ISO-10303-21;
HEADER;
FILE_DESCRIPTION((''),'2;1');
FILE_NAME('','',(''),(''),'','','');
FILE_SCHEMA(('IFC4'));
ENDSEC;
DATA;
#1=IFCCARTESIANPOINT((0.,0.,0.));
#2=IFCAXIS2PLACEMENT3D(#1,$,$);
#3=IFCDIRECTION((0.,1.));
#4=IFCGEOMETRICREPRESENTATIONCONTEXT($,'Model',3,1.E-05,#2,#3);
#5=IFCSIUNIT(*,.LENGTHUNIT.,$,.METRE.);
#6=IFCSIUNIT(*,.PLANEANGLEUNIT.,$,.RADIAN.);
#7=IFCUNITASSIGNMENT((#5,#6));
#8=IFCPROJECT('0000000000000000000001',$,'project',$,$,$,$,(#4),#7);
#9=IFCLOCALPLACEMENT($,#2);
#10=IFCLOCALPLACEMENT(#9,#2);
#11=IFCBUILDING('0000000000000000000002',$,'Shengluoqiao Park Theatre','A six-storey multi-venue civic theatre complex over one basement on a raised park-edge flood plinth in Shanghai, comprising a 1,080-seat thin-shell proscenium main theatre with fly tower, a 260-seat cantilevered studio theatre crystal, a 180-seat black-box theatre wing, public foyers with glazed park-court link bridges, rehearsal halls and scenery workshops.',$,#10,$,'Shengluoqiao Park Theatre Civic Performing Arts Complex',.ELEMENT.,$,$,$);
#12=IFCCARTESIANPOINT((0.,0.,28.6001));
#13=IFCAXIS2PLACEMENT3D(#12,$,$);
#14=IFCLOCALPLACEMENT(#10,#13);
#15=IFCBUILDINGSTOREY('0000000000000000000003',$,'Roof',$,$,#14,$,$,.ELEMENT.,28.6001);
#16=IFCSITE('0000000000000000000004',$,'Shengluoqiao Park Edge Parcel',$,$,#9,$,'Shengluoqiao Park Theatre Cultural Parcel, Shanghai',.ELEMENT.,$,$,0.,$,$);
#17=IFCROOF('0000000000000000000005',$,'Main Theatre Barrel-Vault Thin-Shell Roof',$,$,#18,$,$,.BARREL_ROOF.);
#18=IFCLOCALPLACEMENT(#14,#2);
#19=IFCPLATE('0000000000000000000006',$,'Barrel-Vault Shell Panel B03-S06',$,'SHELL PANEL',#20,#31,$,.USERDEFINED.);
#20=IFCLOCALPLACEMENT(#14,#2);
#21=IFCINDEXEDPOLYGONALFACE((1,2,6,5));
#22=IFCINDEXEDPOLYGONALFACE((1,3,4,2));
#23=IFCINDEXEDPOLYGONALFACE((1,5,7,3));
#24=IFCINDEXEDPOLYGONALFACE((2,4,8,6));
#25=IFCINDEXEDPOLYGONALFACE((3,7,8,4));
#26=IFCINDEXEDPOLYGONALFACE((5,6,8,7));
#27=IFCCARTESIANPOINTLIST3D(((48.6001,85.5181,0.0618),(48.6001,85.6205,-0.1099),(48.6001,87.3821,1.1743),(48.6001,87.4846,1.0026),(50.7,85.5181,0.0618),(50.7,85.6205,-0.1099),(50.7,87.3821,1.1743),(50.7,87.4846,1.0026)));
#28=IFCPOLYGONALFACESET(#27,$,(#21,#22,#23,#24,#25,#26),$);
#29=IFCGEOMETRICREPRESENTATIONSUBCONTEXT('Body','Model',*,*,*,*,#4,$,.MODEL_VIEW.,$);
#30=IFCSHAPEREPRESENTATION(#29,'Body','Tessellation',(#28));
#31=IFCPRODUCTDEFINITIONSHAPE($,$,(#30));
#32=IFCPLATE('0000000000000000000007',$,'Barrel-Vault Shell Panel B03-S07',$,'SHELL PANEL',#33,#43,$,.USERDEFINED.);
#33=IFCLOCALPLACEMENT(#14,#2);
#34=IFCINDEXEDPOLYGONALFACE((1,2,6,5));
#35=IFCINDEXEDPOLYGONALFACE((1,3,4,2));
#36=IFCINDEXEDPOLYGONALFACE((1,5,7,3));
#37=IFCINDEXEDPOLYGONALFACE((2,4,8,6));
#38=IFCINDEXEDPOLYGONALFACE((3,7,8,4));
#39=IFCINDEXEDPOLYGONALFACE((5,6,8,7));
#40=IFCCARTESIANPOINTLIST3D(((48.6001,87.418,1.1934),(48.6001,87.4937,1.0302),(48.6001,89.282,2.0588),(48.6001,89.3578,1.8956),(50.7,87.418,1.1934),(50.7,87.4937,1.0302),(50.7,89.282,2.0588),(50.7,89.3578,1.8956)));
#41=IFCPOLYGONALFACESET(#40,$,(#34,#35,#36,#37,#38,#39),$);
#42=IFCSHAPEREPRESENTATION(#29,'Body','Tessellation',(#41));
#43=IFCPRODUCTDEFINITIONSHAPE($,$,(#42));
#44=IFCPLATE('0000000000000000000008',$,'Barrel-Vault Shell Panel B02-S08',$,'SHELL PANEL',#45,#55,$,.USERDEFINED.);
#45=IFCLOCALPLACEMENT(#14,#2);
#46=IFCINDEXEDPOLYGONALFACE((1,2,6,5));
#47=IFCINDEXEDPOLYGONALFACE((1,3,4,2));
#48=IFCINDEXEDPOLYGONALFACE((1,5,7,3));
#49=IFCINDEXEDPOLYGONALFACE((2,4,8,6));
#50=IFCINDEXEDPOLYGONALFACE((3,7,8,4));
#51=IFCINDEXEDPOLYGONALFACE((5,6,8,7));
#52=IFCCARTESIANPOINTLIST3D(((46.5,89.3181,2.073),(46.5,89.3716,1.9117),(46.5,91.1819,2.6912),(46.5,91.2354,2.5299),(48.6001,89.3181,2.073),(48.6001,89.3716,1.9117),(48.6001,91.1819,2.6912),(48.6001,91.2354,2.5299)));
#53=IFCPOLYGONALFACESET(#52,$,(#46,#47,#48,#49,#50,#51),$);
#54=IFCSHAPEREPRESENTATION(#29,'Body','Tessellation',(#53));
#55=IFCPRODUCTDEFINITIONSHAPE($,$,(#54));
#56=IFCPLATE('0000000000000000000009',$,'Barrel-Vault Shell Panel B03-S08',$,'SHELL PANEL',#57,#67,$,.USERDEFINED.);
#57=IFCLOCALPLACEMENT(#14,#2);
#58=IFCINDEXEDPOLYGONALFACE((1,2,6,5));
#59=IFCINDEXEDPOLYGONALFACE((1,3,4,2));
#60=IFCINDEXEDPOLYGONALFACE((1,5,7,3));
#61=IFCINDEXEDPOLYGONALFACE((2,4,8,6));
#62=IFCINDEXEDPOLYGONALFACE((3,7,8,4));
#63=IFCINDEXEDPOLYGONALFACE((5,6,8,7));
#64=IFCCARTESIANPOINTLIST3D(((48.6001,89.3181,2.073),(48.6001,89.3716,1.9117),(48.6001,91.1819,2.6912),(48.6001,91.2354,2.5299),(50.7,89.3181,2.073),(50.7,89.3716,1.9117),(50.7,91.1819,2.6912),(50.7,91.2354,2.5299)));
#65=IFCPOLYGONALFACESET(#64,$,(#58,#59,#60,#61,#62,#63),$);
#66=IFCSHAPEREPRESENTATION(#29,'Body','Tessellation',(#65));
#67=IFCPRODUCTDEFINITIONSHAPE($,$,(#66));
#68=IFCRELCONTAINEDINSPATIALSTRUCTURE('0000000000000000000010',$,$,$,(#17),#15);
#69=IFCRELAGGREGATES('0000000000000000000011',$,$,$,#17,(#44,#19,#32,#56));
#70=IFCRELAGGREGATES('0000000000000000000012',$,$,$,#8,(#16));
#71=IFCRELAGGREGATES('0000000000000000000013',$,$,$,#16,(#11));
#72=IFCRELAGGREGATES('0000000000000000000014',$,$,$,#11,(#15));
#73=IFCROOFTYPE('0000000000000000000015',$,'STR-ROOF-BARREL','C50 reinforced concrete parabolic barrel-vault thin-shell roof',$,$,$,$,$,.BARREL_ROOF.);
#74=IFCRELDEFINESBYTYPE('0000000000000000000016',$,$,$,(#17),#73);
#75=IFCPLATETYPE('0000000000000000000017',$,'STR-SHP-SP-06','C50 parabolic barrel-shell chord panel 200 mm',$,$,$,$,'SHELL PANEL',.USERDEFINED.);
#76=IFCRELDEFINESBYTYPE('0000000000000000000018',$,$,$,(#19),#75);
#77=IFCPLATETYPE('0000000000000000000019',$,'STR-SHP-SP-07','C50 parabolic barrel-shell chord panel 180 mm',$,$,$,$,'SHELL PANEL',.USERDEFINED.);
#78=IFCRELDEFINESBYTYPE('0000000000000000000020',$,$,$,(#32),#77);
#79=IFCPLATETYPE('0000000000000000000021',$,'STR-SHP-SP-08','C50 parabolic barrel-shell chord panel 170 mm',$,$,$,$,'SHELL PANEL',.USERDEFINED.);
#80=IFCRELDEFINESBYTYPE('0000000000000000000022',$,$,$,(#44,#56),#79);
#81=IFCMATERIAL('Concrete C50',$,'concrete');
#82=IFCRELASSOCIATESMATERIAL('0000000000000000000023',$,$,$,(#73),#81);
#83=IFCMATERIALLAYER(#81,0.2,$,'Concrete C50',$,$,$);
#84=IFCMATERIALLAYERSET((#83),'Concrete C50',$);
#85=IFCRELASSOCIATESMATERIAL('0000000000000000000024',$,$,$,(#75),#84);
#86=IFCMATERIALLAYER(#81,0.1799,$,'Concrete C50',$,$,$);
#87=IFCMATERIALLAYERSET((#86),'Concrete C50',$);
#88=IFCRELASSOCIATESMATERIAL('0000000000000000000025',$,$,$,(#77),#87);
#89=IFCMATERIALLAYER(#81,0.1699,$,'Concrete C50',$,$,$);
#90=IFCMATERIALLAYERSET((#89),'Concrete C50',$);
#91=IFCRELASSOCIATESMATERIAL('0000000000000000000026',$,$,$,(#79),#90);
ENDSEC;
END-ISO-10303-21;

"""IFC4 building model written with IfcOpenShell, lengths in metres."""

from ifc_helpers import new_model, si_unit, direction, frame, origin, place, context, subcontext, project, spatial, polyline, outline, extrude, material, layer, layer_set, type_object, element, aggregate, save


model = new_model("IFC4")

# Units and contexts
model_context = context("Model", 3, precision=1e-05, world=origin(), true_north=direction((0.0, 1.0)))
body_context = subcontext(model_context, "Body", "Model", "MODEL_VIEW")
ifc_project = project(units=[si_unit("LENGTHUNIT", "METRE"), si_unit("PLANEANGLEUNIT", "RADIAN")], contexts=[model_context])

# Site, building, storey
site_placement = place(None, origin())
site = spatial("IfcSite", under=ifc_project, at=site_placement, Name="Shengluoqiao Park Edge Parcel", LongName="Shengluoqiao Park Theatre Cultural Parcel, Shanghai", CompositionType="ELEMENT", RefElevation=0.0)
building_placement = place(site_placement, origin())
building = spatial("IfcBuilding", under=site, at=building_placement, Name="Shengluoqiao Park Theatre", Description="A six-storey multi-venue civic theatre complex over one basement on a raised park-edge flood plinth in Shanghai, comprising a 1,080-seat thin-shell proscenium main theatre with fly tower, a 260-seat cantilevered studio theatre crystal, a 180-seat black-box theatre wing, public foyers with glazed park-court link bridges, rehearsal halls and scenery workshops.", LongName="Shengluoqiao Park Theatre Civic Performing Arts Complex", CompositionType="ELEMENT")
storey_placement = place(building_placement, frame((0.0, 0.0, 28.6001)))
storey = spatial("IfcBuildingStorey", under=building, at=storey_placement, Name="Roof", CompositionType="ELEMENT", Elevation=28.6001)

# Shared definitions
ifc_material_1 = material(Name="Concrete C50", Category="concrete")

# Roof, plates
roof_type = type_object("IfcRoofType", Name="STR-ROOF-BARREL", Description="C50 reinforced concrete parabolic barrel-vault thin-shell roof", PredefinedType="BARREL_ROOF", material=ifc_material_1)
roof_placement = place(storey_placement, origin())
roof = element("IfcRoof", 1, at=roof_placement, inside=storey, type_object=roof_type, Name="Main Theatre Barrel-Vault Thin-Shell Roof", PredefinedType="BARREL_ROOF")
ifc_layer_1 = layer(ifc_material_1, 0.2, Name="Concrete C50")
ifc_layer_set_1 = layer_set([ifc_layer_1], Name="Concrete C50")
plate_type_1 = type_object("IfcPlateType", Name="STR-SHP-SP-06", Description="C50 parabolic barrel-shell chord panel 200 mm", ElementType="SHELL PANEL", PredefinedType="USERDEFINED", material=ifc_layer_set_1)
plate_1_placement = place(storey_placement, frame((48.6001, 85.5181, 0.0618), z_axis=(0.0, -0.51251, 0.858681), x_axis=(1.0, 0.0, 0.0)))
plate_1 = element("IfcPlate", 2, at=plate_1_placement, type_object=plate_type_1, Name="Barrel-Vault Shell Panel B03-S06", ObjectType="SHELL PANEL", PredefinedType="USERDEFINED", context=body_context, shape_type="SweptSolid", body=[
    extrude(outline(polyline([(0.0, 0.0), (2.0999, 0.0), (2.0999, 2.1708), (0.0, 2.1708), (0.0, 0.0)])), origin(), (0.0, 0.0, -1.0), 0.2),
])
ifc_layer_2 = layer(ifc_material_1, 0.1799, Name="Concrete C50")
ifc_layer_set_2 = layer_set([ifc_layer_2], Name="Concrete C50")
plate_type_2 = type_object("IfcPlateType", Name="STR-SHP-SP-07", Description="C50 parabolic barrel-shell chord panel 180 mm", ElementType="SHELL PANEL", PredefinedType="USERDEFINED", material=ifc_layer_set_2)
plate_2_placement = place(storey_placement, frame((48.6001, 87.418, 1.1934), z_axis=(0.0, -0.421129, 0.907001), x_axis=(1.0, 0.0, 0.0)))
plate_2 = element("IfcPlate", 3, at=plate_2_placement, type_object=plate_type_2, Name="Barrel-Vault Shell Panel B03-S07", ObjectType="SHELL PANEL", PredefinedType="USERDEFINED", context=body_context, shape_type="SweptSolid", body=[
    extrude(outline(polyline([(0.0, 0.0), (2.0999, 0.0), (2.0999, 2.0551), (0.0, 2.0551), (0.0, 0.0)])), origin(), (0.0, 0.0, -1.0), 0.1799),
])
ifc_layer_3 = layer(ifc_material_1, 0.1699, Name="Concrete C50")
ifc_layer_set_3 = layer_set([ifc_layer_3], Name="Concrete C50")
plate_type_3 = type_object("IfcPlateType", Name="STR-SHP-SP-08", Description="C50 parabolic barrel-shell chord panel 170 mm", ElementType="SHELL PANEL", PredefinedType="USERDEFINED", material=ifc_layer_set_3)
plate_3_placement = place(storey_placement, frame((46.5, 89.3181, 2.073), z_axis=(0.0, -0.31481, 0.949155), x_axis=(1.0, 0.0, 0.0)))
plate_3 = element("IfcPlate", 4, at=plate_3_placement, type_object=plate_type_3, Name="Barrel-Vault Shell Panel B02-S08", ObjectType="SHELL PANEL", PredefinedType="USERDEFINED", context=body_context, shape_type="SweptSolid", body=[
    extrude(outline(polyline([(0.0, 0.0), (2.1001, 0.0), (2.1001, 1.9636), (0.0, 1.9636), (0.0, 0.0)])), origin(), (0.0, 0.0, -1.0), 0.1699),
])
plate_4_placement = place(storey_placement, frame((48.6001, 89.3181, 2.073), z_axis=(0.0, -0.31481, 0.949155), x_axis=(1.0, 0.0, 0.0)))
plate_4 = element("IfcPlate", 5, at=plate_4_placement, type_object=plate_type_3, Name="Barrel-Vault Shell Panel B03-S08", ObjectType="SHELL PANEL", PredefinedType="USERDEFINED", context=body_context, shape_type="SweptSolid", body=[
    extrude(outline(polyline([(0.0, 0.0), (2.0999, 0.0), (2.0999, 1.9636), (0.0, 1.9636), (0.0, 0.0)])), origin(), (0.0, 0.0, -1.0), 0.1699),
])
aggregate(roof, [plate_3, plate_1, plate_2, plate_4])

save(model, "model.ifc")
